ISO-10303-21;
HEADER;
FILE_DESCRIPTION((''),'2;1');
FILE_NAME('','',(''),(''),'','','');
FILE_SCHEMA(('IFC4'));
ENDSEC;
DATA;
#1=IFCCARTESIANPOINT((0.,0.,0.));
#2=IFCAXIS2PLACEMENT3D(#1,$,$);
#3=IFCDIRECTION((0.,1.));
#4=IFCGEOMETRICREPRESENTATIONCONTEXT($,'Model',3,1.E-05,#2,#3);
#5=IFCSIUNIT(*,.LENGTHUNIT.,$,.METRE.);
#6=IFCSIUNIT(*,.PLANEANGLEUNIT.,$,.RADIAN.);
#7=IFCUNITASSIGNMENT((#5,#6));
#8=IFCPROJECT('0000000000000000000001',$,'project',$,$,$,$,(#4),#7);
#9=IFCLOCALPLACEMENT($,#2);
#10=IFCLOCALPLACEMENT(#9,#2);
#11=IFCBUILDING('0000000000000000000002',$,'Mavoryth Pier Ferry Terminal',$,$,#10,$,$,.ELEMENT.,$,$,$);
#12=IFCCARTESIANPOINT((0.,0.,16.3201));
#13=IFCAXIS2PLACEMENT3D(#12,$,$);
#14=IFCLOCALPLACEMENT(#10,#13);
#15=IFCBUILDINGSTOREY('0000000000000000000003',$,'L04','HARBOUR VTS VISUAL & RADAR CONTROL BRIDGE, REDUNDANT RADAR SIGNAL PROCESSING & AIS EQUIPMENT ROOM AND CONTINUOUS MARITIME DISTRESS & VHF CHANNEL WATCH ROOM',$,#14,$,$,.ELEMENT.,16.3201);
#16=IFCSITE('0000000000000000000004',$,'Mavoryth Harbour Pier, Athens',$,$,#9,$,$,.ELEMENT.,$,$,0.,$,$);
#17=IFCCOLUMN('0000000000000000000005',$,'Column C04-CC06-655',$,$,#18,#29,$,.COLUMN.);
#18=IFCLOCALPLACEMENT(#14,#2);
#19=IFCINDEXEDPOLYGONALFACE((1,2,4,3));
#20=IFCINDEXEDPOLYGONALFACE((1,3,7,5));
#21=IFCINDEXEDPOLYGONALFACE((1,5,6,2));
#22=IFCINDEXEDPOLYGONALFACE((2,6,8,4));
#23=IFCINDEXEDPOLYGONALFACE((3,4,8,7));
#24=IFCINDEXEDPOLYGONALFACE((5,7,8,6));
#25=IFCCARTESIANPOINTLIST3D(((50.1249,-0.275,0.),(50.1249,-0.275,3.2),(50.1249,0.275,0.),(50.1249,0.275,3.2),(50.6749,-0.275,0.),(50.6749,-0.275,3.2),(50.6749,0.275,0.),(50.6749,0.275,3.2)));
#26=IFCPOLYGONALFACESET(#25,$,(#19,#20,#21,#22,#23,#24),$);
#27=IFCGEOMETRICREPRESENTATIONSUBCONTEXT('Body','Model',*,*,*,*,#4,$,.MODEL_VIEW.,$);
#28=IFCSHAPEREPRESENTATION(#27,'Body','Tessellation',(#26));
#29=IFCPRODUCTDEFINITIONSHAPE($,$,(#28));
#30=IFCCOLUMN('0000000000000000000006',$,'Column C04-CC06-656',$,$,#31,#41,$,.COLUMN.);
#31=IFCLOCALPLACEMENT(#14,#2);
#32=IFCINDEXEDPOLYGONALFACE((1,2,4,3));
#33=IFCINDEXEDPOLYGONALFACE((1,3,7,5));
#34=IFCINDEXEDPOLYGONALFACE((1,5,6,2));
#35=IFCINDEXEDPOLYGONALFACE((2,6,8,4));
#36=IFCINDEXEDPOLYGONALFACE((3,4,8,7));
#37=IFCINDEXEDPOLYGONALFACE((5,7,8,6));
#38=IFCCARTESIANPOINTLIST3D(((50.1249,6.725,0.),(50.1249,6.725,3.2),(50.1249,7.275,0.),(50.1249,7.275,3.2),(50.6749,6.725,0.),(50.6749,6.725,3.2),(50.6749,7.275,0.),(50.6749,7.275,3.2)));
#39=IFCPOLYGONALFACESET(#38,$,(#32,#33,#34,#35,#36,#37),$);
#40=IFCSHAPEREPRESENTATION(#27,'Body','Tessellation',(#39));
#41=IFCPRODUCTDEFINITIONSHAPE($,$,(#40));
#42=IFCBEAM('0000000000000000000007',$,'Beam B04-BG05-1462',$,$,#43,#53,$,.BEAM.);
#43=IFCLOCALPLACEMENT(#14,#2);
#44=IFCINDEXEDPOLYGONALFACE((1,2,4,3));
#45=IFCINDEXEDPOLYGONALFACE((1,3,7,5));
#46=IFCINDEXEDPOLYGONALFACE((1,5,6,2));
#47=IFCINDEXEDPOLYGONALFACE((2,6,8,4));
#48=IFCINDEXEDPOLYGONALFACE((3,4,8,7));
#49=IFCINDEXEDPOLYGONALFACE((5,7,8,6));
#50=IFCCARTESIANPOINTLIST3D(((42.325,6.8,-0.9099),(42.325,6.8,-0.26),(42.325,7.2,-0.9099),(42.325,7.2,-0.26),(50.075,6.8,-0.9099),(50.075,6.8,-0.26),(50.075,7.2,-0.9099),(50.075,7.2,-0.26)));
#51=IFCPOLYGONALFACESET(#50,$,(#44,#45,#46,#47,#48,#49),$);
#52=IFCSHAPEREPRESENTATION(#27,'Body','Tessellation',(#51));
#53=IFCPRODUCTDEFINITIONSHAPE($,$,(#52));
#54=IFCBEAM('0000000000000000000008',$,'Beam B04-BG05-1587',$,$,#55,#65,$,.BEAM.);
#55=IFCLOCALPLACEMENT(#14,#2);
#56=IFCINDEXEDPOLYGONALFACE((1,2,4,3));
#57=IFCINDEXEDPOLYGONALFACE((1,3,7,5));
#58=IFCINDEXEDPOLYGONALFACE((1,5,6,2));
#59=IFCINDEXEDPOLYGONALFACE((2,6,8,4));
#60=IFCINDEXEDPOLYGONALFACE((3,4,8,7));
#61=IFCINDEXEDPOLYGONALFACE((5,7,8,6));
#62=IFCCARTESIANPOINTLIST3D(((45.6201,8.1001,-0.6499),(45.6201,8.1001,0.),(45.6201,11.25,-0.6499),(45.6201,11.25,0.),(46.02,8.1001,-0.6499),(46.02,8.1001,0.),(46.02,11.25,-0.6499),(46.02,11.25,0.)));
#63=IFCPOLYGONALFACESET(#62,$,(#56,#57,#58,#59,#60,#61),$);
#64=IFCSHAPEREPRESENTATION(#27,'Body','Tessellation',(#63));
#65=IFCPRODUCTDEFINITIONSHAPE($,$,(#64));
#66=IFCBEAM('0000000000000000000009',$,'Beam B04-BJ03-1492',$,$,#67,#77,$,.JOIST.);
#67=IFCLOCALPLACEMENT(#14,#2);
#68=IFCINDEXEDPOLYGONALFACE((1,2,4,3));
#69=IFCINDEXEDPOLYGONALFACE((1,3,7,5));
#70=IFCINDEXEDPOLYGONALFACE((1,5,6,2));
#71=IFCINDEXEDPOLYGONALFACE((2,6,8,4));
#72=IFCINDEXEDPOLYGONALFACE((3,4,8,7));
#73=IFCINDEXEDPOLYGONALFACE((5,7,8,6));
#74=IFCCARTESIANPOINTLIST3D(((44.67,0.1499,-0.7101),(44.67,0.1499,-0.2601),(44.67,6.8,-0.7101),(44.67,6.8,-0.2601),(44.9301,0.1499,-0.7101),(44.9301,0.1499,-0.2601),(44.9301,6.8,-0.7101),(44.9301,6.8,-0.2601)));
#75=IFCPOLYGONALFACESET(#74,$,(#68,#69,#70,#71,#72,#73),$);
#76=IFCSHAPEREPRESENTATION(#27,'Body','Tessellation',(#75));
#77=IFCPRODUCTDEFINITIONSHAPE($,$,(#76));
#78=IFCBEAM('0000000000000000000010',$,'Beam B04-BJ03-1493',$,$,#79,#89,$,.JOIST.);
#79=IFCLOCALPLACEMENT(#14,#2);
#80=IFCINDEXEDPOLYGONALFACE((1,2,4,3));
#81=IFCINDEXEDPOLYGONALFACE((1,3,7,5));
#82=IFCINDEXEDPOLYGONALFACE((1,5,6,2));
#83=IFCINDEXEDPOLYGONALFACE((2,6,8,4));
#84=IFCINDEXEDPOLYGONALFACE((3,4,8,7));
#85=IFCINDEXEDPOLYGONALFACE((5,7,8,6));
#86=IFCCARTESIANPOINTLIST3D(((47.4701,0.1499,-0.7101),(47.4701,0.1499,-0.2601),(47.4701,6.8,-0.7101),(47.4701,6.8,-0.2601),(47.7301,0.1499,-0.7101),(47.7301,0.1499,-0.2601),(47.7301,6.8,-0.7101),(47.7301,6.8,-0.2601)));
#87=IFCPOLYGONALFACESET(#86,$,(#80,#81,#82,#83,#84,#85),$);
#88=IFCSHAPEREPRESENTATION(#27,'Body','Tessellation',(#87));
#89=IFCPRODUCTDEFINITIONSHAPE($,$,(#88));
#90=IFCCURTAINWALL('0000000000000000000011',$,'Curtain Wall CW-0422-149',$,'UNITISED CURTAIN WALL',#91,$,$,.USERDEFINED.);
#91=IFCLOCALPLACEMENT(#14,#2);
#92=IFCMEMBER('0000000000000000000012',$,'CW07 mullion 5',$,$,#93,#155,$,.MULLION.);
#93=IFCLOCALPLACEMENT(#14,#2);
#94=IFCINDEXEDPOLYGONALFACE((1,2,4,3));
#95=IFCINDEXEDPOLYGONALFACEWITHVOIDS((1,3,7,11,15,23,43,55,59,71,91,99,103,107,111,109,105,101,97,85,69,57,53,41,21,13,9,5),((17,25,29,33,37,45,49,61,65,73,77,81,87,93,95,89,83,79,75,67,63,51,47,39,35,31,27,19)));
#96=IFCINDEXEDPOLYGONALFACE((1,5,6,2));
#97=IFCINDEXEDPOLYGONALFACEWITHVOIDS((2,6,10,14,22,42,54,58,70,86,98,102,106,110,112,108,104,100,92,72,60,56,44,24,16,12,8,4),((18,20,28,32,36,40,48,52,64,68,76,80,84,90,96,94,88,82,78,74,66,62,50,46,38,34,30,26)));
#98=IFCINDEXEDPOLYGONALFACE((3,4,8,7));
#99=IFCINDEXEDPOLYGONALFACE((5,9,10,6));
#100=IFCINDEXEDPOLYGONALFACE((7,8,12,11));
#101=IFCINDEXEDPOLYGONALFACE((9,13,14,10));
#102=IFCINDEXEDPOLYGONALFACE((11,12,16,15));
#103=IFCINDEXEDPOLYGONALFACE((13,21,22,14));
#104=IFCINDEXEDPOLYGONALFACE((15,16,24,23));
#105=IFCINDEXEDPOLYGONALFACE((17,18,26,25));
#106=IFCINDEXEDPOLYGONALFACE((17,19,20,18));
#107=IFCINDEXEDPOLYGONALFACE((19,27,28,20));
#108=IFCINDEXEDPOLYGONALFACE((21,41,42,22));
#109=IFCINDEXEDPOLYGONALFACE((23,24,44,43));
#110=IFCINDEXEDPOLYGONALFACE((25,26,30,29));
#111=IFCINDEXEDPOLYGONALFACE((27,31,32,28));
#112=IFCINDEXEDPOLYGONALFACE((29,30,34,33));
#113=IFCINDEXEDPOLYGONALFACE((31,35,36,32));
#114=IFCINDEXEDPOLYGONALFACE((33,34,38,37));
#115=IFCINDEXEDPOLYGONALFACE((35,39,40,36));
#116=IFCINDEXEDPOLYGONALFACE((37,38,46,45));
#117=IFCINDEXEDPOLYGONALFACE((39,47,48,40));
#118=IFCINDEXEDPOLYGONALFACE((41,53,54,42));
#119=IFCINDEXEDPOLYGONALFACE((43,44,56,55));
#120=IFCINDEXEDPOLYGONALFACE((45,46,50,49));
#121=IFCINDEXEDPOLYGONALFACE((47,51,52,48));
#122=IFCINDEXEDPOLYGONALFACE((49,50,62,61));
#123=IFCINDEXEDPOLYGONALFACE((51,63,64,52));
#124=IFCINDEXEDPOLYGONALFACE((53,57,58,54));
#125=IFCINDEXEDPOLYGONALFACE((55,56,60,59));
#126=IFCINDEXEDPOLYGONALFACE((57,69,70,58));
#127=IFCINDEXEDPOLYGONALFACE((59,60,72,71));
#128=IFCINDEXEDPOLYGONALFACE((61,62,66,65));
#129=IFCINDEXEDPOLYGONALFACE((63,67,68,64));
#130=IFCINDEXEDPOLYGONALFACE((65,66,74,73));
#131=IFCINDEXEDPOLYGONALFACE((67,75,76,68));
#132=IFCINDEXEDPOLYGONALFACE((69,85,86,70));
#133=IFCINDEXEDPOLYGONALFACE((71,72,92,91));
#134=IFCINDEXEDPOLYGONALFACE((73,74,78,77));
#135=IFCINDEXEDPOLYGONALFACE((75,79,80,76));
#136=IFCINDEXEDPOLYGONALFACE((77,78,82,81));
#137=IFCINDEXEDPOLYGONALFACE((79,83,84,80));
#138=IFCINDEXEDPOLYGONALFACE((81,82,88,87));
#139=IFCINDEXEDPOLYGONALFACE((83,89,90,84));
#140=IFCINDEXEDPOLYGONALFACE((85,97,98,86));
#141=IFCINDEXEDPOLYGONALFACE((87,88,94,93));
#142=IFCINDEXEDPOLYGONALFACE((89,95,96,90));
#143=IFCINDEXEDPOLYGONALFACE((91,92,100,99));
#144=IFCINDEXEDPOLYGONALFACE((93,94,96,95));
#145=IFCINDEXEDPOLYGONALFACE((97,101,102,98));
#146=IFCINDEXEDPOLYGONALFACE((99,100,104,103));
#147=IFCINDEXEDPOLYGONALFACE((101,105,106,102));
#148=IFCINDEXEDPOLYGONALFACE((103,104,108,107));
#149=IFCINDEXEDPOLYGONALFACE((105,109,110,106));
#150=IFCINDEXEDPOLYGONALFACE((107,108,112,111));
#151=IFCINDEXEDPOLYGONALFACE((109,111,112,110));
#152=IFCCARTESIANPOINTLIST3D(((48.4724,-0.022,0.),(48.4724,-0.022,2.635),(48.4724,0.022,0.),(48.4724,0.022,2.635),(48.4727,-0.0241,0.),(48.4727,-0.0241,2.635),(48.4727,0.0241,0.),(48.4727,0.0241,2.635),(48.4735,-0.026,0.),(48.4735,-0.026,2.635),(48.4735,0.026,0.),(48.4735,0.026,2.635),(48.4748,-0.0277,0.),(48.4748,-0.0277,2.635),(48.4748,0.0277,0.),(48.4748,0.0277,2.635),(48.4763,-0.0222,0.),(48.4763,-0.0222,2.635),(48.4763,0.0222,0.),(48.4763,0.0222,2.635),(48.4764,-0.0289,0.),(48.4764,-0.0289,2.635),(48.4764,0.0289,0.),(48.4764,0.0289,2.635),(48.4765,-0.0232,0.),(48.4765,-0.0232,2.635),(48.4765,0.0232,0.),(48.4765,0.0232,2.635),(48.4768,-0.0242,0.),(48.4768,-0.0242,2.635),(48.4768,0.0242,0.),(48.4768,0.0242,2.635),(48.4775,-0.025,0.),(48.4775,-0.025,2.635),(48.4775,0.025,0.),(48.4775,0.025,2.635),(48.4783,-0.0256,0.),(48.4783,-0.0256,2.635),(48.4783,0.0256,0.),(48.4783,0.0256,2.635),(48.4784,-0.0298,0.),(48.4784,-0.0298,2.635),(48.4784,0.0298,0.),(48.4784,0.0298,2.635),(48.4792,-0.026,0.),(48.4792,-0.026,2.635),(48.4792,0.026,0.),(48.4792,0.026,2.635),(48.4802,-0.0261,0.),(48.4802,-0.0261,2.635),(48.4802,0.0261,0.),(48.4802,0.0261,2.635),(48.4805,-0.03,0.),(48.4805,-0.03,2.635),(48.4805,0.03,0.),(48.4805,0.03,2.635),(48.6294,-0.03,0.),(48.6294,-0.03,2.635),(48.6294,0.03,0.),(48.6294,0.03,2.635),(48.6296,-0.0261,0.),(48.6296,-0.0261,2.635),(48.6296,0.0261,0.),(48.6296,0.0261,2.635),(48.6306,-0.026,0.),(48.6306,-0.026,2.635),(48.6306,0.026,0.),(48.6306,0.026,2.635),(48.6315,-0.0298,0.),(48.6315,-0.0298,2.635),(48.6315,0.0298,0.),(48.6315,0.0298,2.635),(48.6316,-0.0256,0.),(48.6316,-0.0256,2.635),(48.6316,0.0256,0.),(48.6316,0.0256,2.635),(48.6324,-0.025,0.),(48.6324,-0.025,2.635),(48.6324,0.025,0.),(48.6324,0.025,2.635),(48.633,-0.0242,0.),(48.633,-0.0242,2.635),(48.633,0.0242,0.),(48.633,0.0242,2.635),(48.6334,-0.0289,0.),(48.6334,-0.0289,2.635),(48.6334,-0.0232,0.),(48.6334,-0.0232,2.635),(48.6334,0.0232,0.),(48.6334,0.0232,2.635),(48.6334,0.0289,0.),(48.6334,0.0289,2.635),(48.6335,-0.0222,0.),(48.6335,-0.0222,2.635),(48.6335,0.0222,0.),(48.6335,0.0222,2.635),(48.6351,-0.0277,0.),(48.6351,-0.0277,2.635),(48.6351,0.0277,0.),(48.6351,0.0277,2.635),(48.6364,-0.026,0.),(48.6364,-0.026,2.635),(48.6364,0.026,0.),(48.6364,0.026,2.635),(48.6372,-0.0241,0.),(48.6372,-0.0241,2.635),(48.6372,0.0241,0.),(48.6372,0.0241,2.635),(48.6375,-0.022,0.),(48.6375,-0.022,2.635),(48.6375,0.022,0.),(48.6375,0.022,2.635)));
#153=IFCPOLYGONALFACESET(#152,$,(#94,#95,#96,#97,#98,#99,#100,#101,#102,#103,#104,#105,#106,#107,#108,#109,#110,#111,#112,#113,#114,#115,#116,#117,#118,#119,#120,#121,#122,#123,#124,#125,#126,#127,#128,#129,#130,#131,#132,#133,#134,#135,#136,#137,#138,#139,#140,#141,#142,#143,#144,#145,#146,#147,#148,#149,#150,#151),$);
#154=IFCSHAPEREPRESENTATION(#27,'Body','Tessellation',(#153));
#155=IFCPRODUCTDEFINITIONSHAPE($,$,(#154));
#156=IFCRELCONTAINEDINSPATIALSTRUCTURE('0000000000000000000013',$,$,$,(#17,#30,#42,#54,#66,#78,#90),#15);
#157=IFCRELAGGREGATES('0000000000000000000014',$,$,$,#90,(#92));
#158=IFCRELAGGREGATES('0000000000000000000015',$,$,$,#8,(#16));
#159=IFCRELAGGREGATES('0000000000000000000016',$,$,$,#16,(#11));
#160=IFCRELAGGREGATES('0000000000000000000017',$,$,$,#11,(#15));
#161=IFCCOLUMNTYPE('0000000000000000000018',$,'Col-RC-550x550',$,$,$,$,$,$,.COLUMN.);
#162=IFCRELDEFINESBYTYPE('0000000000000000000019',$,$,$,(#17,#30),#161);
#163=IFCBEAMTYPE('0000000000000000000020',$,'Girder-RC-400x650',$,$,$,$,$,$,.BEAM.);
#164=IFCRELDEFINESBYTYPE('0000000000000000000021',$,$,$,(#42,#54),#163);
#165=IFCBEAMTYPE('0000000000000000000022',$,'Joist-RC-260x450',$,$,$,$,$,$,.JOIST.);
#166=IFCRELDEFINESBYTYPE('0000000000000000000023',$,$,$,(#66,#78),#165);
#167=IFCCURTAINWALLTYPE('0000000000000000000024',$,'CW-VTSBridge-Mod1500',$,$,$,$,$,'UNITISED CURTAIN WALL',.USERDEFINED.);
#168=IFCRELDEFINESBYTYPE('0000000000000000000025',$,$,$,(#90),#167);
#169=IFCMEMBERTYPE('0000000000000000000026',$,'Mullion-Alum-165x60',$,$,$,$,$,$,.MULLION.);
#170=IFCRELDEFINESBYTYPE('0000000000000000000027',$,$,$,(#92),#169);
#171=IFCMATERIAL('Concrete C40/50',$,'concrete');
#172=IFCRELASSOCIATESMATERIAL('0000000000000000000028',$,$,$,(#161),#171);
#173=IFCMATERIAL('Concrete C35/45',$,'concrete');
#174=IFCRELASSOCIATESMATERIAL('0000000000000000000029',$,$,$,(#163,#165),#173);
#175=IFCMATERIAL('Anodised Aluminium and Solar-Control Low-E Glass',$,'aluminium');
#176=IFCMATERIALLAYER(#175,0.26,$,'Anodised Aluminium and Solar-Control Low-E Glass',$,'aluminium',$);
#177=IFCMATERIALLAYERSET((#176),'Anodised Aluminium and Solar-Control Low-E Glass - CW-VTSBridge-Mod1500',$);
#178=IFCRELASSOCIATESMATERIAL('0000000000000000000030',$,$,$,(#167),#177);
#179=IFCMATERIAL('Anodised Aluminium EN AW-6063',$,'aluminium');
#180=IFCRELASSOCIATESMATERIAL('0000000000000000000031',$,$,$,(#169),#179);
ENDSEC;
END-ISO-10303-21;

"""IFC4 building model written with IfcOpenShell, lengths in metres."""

from ifc_helpers import new_model, si_unit, direction, frame, origin, origin_2d, place, context, subcontext, project, spatial, rectangle, hollow_rectangle, extrude, material, layer, layer_set, material_profile, profile_set, type_object, element, aggregate, save


model = new_model("IFC4")

# Units and contexts
model_context = context("Model", 3, precision=1e-05, world=origin(), true_north=direction((0.0, 1.0)))
body_context = subcontext(model_context, "Body", "Model", "MODEL_VIEW")
ifc_project = project(units=[si_unit("LENGTHUNIT", "METRE"), si_unit("PLANEANGLEUNIT", "RADIAN")], contexts=[model_context])

# Site, building, storey
site_placement = place(None, origin())
site = spatial("IfcSite", under=ifc_project, at=site_placement, Name="Mavoryth Harbour Pier, Athens", CompositionType="ELEMENT", RefElevation=0.0)
building_placement = place(site_placement, origin())
building = spatial("IfcBuilding", under=site, at=building_placement, Name="Mavoryth Pier Ferry Terminal", CompositionType="ELEMENT")
storey_placement = place(building_placement, frame((0.0, 0.0, 16.3201)))
storey = spatial("IfcBuildingStorey", under=building, at=storey_placement, Name="L04", Description="HARBOUR VTS VISUAL & RADAR CONTROL BRIDGE, REDUNDANT RADAR SIGNAL PROCESSING & AIS EQUIPMENT ROOM AND CONTINUOUS MARITIME DISTRESS & VHF CHANNEL WATCH ROOM", CompositionType="ELEMENT", Elevation=16.3201)

# Columns
ifc_material_1 = material(Name="Concrete C40/50", Category="concrete")
ifc_material_profile_1 = material_profile(ifc_material_1, rectangle(XDim=0.55, YDim=0.55, at=origin_2d()), Name="RC 550x550", Category="concrete")
ifc_profile_set_1 = profile_set([ifc_material_profile_1], Name="Concrete C40/50 - RC 550x550")
column_type = type_object("IfcColumnType", Name="Col-RC-550x550", PredefinedType="COLUMN", material=ifc_profile_set_1)
for number, where, z_axis, x_axis, name in (
    (1, (50.3999, 0.0, 0.0), (0.0, 0.0, 1.0), (1.0, 0.0, 0.0), "Column C04-CC06-655"),
    (2, (50.3999, 7.0, 0.0), (0.0, 0.0, 1.0), (1.0, 0.0, 0.0), "Column C04-CC06-656"),
):
    element("IfcColumn", number, at=place(storey_placement, frame(where, z_axis=z_axis, x_axis=x_axis)), inside=storey, type_object=column_type, Name=name, PredefinedType="COLUMN", context=body_context, shape_type="SweptSolid", body=[
        extrude(rectangle(XDim=0.55, YDim=0.55, at=origin_2d()), origin(), (0.0, 0.0, 1.0), 3.2),
    ])

# Beams
ifc_material_2 = material(Name="Concrete C35/45", Category="concrete")
ifc_material_profile_2 = material_profile(ifc_material_2, rectangle(XDim=0.3999, YDim=0.6499, at=origin_2d()), Name="RC 400x650", Category="concrete")
ifc_profile_set_2 = profile_set([ifc_material_profile_2], Name="Concrete C35/45 - RC 400x650")
beam_type_1 = type_object("IfcBeamType", Name="Girder-RC-400x650", PredefinedType="BEAM", material=ifc_profile_set_2)
beam_1_placement = place(storey_placement, frame((42.325, 7.0, -0.585), z_axis=(1.0, 0.0, 0.0), x_axis=(0.0, 1.0, 0.0)))
element("IfcBeam", 3, at=beam_1_placement, inside=storey, type_object=beam_type_1, Name="Beam B04-BG05-1462", PredefinedType="BEAM", context=body_context, shape_type="SweptSolid", body=[
    extrude(rectangle(XDim=0.3999, YDim=0.6499, at=origin_2d()), origin(), (0.0, 0.0, 1.0), 7.75),
])
beam_2_placement = place(storey_placement, frame((45.8201, 8.1001, -0.325), z_axis=(0.0, 1.0, 0.0), x_axis=(-1.0, 0.0, 0.0)))
element("IfcBeam", 4, at=beam_2_placement, inside=storey, type_object=beam_type_1, Name="Beam B04-BG05-1587", PredefinedType="BEAM", context=body_context, shape_type="SweptSolid", body=[
    extrude(rectangle(XDim=0.3999, YDim=0.6499, at=origin_2d()), origin(), (0.0, 0.0, 1.0), 3.1499),
])
ifc_material_profile_3 = material_profile(ifc_material_2, rectangle(XDim=0.26, YDim=0.45, at=origin_2d()), Name="RC 260x450", Category="concrete")
ifc_profile_set_3 = profile_set([ifc_material_profile_3], Name="Concrete C35/45 - RC 260x450")
beam_type_2 = type_object("IfcBeamType", Name="Joist-RC-260x450", PredefinedType="JOIST", material=ifc_profile_set_3)
for number, where, z_axis, x_axis, name in (
    (5, (44.8, 0.1499, -0.4851), (0.0, 1.0, 0.0), (-1.0, 0.0, 0.0), "Beam B04-BJ03-1492"),
    (6, (47.6001, 0.1499, -0.4851), (0.0, 1.0, 0.0), (-1.0, 0.0, 0.0), "Beam B04-BJ03-1493"),
):
    element("IfcBeam", number, at=place(storey_placement, frame(where, z_axis=z_axis, x_axis=x_axis)), inside=storey, type_object=beam_type_2, Name=name, PredefinedType="JOIST", context=body_context, shape_type="SweptSolid", body=[
        extrude(rectangle(XDim=0.26, YDim=0.45, at=origin_2d()), origin(), (0.0, 0.0, 1.0), 6.6501),
    ])

# Curtain wall, member
ifc_material_3 = material(Name="Anodised Aluminium and Solar-Control Low-E Glass", Category="aluminium")
ifc_layer_1 = layer(ifc_material_3, 0.26, Name="Anodised Aluminium and Solar-Control Low-E Glass", Category="aluminium")
ifc_layer_set_1 = layer_set([ifc_layer_1], Name="Anodised Aluminium and Solar-Control Low-E Glass - CW-VTSBridge-Mod1500")
curtain_wall_type = type_object("IfcCurtainWallType", Name="CW-VTSBridge-Mod1500", ElementType="UNITISED CURTAIN WALL", PredefinedType="USERDEFINED", material=ifc_layer_set_1)
curtain_wall_placement = place(storey_placement, origin())
curtain_wall = element("IfcCurtainWall", 7, at=curtain_wall_placement, inside=storey, type_object=curtain_wall_type, Name="Curtain Wall CW-0422-149", ObjectType="UNITISED CURTAIN WALL", PredefinedType="USERDEFINED")
ifc_material_4 = material(Name="Anodised Aluminium EN AW-6063", Category="aluminium")
ifc_material_profile_4 = material_profile(ifc_material_4, hollow_rectangle(XDim=0.0601, YDim=0.165, WallThickness=0.0039, InnerFilletRadius=0.0039, OuterFilletRadius=0.0081, at=origin_2d()), Name="AL-MULL 165x60x4", Category="aluminium")
ifc_profile_set_4 = profile_set([ifc_material_profile_4], Name="Anodised Aluminium EN AW-6063 - AL-MULL 165x60x4")
member_type_1 = type_object("IfcMemberType", Name="Mullion-Alum-165x60", PredefinedType="MULLION", material=ifc_profile_set_4)
member_1_placement = place(storey_placement, frame((48.5549, 0.0, 0.0), z_axis=(0.0, 0.0, 1.0), x_axis=(0.0, 1.0, 0.0)))
member_1 = element("IfcMember", 8, at=member_1_placement, type_object=member_type_1, Name="CW07 mullion 5", PredefinedType="MULLION", context=body_context, shape_type="SweptSolid", body=[
    extrude(hollow_rectangle(XDim=0.0601, YDim=0.165, WallThickness=0.0039, InnerFilletRadius=0.0039, OuterFilletRadius=0.0081, at=origin_2d()), origin(), (0.0, 0.0, 1.0), 2.635),
])
aggregate(curtain_wall, [member_1])

save(model, "model.ifc")
